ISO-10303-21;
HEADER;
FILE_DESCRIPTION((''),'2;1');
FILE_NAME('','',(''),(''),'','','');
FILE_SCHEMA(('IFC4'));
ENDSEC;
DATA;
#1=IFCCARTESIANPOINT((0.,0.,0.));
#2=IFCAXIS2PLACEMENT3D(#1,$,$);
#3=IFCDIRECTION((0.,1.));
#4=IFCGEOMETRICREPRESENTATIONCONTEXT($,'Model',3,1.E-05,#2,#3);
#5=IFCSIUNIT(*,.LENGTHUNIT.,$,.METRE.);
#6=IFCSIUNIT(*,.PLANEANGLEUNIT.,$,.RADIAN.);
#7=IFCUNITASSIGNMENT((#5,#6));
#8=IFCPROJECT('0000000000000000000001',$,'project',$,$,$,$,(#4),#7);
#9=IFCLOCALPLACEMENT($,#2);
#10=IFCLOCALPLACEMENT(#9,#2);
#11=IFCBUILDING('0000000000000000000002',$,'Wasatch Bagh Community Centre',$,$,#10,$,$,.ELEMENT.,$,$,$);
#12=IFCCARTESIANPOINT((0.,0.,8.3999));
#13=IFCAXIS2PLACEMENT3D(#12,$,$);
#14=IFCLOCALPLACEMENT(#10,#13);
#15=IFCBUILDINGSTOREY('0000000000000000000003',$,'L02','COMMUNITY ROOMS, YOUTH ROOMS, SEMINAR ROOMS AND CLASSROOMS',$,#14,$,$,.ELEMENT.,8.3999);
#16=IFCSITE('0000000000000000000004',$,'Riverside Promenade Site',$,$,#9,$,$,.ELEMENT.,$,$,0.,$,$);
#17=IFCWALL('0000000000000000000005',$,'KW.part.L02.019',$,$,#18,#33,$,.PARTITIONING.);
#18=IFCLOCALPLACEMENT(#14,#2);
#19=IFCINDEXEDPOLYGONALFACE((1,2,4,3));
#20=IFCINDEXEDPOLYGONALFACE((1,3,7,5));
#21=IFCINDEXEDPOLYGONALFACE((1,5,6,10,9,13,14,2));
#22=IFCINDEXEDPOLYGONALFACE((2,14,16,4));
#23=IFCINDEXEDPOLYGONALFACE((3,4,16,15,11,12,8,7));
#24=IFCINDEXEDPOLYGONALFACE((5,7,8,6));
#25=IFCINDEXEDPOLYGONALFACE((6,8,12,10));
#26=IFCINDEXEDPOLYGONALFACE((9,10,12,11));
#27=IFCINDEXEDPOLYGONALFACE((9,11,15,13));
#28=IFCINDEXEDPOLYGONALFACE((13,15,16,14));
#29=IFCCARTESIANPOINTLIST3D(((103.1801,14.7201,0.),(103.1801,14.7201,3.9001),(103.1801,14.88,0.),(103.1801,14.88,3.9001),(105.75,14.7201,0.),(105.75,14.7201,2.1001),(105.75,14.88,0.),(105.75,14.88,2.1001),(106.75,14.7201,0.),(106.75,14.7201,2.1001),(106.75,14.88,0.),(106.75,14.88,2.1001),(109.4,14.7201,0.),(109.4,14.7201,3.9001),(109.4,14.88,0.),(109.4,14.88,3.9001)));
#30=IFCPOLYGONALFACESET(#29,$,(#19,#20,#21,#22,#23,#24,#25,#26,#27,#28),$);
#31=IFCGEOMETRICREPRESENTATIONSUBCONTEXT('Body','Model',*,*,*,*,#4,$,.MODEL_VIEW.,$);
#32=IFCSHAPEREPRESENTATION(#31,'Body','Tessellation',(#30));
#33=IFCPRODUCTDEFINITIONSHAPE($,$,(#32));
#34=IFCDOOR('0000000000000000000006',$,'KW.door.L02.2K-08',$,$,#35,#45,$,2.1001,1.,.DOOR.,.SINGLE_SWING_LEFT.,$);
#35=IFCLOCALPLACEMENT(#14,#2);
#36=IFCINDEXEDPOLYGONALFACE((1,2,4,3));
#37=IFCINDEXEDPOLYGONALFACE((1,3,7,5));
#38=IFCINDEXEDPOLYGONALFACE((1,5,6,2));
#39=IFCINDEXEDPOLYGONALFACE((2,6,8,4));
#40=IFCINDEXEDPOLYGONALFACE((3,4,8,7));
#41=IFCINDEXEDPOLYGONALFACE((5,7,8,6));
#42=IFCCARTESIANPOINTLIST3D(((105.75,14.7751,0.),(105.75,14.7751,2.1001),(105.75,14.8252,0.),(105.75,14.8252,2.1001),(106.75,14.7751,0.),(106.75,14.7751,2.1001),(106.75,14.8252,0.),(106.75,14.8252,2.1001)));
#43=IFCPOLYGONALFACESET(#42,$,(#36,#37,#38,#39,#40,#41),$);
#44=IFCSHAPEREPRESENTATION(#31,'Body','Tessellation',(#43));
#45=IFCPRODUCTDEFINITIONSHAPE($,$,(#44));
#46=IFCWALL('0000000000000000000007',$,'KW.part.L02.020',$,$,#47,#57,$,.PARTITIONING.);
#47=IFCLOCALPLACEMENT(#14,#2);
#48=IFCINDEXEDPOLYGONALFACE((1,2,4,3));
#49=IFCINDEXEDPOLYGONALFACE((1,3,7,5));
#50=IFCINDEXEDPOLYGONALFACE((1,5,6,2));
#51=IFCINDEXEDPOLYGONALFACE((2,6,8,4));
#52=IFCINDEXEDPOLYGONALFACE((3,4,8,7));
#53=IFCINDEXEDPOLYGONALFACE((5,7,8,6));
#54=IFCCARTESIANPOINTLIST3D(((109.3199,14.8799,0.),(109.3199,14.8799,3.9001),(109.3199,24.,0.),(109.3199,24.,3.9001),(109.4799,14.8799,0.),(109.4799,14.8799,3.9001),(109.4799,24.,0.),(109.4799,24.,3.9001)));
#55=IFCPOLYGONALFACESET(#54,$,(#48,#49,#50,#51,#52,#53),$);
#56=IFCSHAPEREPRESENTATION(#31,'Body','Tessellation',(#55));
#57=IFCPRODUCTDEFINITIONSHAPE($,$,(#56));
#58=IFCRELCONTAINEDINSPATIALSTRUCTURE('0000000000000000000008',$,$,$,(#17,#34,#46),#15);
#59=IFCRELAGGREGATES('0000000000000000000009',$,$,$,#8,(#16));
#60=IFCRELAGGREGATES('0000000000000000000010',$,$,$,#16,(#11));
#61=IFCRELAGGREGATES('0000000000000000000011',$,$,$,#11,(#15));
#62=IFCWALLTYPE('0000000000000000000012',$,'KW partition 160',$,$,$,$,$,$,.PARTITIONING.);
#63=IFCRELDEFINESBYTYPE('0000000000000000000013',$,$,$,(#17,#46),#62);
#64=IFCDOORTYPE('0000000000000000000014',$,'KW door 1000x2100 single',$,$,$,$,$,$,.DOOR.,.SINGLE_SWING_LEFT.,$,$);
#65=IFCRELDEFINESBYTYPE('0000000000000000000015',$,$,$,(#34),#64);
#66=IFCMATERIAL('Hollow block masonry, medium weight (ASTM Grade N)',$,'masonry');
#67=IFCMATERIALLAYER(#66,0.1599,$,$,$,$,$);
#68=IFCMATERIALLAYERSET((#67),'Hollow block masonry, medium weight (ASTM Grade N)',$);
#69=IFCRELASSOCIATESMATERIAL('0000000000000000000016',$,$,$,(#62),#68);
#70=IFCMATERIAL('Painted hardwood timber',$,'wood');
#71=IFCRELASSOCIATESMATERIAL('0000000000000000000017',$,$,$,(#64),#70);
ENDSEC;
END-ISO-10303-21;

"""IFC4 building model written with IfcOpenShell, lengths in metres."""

from ifc_helpers import new_model, si_unit, direction, frame, frame_2d, origin, place, context, subcontext, project, spatial, rectangle, extrude, material, layer, layer_set, type_object, element, fill, save


model = new_model("IFC4")

# Units and contexts
model_context = context("Model", 3, precision=1e-05, world=origin(), true_north=direction((0.0, 1.0)))
body_context = subcontext(model_context, "Body", "Model", "MODEL_VIEW")
ifc_project = project(units=[si_unit("LENGTHUNIT", "METRE"), si_unit("PLANEANGLEUNIT", "RADIAN")], contexts=[model_context])

# Site, building, storey
site_placement = place(None, origin())
site = spatial("IfcSite", under=ifc_project, at=site_placement, Name="Riverside Promenade Site", CompositionType="ELEMENT", RefElevation=0.0)
building_placement = place(site_placement, origin())
building = spatial("IfcBuilding", under=site, at=building_placement, Name="Wasatch Bagh Community Centre", CompositionType="ELEMENT")
storey_placement = place(building_placement, frame((0.0, 0.0, 8.3999)))
storey = spatial("IfcBuildingStorey", under=building, at=storey_placement, Name="L02", Description="COMMUNITY ROOMS, YOUTH ROOMS, SEMINAR ROOMS AND CLASSROOMS", CompositionType="ELEMENT", Elevation=8.3999)

# Shared definitions
ifc_material_1 = material(Name="Hollow block masonry, medium weight (ASTM Grade N)", Category="masonry")
ifc_layer = layer(ifc_material_1, 0.1599)
ifc_layer_set = layer_set([ifc_layer], Name="Hollow block masonry, medium weight (ASTM Grade N)")
wall_type = type_object("IfcWallType", Name="KW partition 160", PredefinedType="PARTITIONING", material=ifc_layer_set)

# Shared definitions
ifc_material_2 = material(Name="Painted hardwood timber", Category="wood")
door_type = type_object("IfcDoorType", Name="KW door 1000x2100 single", OperationType="SINGLE_SWING_LEFT", PredefinedType="DOOR", material=ifc_material_2)

# Wall, opening, door
wall_1_placement = place(storey_placement, frame((109.3999, 14.8, 0.0), z_axis=(0.0, 0.0, 1.0), x_axis=(-1.0, 0.0, 0.0)))
wall_1 = element("IfcWall", 1, at=wall_1_placement, inside=storey, type_object=wall_type, Name="KW.part.L02.019", PredefinedType="PARTITIONING", context=body_context, shape_type="SweptSolid", body=[
    extrude(rectangle(XDim=6.22, YDim=0.1599, at=frame_2d((3.1099, 0.0))), origin(), (0.0, 0.0, 1.0), 3.9001),
])
opening_1_placement = place(wall_1_placement, frame((2.6499, 0.0, 0.0)))
opening_1 = element("IfcOpeningElement", 2, at=opening_1_placement, cuts=wall_1, PredefinedType="OPENING", context=body_context, shape_type="SweptSolid", body=[
    extrude(rectangle(XDim=1.0, YDim=2.1001, at=frame_2d((0.5, 1.05))), frame((0.0, 0.0898, 0.0), z_axis=(0.0, -1.0, 0.0), x_axis=(1.0, 0.0, 0.0)), (0.0, 0.0, 1.0), 0.1799),
])
door_1_placement = place(opening_1_placement, origin())
door_1 = element("IfcDoor", 3, at=door_1_placement, inside=storey, type_object=door_type, Name="KW.door.L02.2K-08", OperationType="SINGLE_SWING_LEFT", OverallHeight=2.1001, OverallWidth=1.0, PredefinedType="DOOR", context=body_context, shape_type="SweptSolid", body=[
    extrude(rectangle(XDim=1.0, YDim=2.1001, at=frame_2d((0.5, 1.05))), frame((0.0, 0.0249, 0.0), z_axis=(0.0, -1.0, 0.0), x_axis=(1.0, 0.0, 0.0)), (0.0, 0.0, 1.0), 0.05),
])
fill(opening_1, door_1)

# Wall
wall_2_placement = place(storey_placement, frame((109.3999, 14.8799, 0.0), z_axis=(0.0, 0.0, 1.0), x_axis=(0.0, 1.0, 0.0)))
element("IfcWall", 4, at=wall_2_placement, inside=storey, type_object=wall_type, Name="KW.part.L02.020", PredefinedType="PARTITIONING", context=body_context, shape_type="SweptSolid", body=[
    extrude(rectangle(XDim=9.1201, YDim=0.1599, at=frame_2d((4.5601, 0.0))), origin(), (0.0, 0.0, 1.0), 3.9001),
])

save(model, "model.ifc")
